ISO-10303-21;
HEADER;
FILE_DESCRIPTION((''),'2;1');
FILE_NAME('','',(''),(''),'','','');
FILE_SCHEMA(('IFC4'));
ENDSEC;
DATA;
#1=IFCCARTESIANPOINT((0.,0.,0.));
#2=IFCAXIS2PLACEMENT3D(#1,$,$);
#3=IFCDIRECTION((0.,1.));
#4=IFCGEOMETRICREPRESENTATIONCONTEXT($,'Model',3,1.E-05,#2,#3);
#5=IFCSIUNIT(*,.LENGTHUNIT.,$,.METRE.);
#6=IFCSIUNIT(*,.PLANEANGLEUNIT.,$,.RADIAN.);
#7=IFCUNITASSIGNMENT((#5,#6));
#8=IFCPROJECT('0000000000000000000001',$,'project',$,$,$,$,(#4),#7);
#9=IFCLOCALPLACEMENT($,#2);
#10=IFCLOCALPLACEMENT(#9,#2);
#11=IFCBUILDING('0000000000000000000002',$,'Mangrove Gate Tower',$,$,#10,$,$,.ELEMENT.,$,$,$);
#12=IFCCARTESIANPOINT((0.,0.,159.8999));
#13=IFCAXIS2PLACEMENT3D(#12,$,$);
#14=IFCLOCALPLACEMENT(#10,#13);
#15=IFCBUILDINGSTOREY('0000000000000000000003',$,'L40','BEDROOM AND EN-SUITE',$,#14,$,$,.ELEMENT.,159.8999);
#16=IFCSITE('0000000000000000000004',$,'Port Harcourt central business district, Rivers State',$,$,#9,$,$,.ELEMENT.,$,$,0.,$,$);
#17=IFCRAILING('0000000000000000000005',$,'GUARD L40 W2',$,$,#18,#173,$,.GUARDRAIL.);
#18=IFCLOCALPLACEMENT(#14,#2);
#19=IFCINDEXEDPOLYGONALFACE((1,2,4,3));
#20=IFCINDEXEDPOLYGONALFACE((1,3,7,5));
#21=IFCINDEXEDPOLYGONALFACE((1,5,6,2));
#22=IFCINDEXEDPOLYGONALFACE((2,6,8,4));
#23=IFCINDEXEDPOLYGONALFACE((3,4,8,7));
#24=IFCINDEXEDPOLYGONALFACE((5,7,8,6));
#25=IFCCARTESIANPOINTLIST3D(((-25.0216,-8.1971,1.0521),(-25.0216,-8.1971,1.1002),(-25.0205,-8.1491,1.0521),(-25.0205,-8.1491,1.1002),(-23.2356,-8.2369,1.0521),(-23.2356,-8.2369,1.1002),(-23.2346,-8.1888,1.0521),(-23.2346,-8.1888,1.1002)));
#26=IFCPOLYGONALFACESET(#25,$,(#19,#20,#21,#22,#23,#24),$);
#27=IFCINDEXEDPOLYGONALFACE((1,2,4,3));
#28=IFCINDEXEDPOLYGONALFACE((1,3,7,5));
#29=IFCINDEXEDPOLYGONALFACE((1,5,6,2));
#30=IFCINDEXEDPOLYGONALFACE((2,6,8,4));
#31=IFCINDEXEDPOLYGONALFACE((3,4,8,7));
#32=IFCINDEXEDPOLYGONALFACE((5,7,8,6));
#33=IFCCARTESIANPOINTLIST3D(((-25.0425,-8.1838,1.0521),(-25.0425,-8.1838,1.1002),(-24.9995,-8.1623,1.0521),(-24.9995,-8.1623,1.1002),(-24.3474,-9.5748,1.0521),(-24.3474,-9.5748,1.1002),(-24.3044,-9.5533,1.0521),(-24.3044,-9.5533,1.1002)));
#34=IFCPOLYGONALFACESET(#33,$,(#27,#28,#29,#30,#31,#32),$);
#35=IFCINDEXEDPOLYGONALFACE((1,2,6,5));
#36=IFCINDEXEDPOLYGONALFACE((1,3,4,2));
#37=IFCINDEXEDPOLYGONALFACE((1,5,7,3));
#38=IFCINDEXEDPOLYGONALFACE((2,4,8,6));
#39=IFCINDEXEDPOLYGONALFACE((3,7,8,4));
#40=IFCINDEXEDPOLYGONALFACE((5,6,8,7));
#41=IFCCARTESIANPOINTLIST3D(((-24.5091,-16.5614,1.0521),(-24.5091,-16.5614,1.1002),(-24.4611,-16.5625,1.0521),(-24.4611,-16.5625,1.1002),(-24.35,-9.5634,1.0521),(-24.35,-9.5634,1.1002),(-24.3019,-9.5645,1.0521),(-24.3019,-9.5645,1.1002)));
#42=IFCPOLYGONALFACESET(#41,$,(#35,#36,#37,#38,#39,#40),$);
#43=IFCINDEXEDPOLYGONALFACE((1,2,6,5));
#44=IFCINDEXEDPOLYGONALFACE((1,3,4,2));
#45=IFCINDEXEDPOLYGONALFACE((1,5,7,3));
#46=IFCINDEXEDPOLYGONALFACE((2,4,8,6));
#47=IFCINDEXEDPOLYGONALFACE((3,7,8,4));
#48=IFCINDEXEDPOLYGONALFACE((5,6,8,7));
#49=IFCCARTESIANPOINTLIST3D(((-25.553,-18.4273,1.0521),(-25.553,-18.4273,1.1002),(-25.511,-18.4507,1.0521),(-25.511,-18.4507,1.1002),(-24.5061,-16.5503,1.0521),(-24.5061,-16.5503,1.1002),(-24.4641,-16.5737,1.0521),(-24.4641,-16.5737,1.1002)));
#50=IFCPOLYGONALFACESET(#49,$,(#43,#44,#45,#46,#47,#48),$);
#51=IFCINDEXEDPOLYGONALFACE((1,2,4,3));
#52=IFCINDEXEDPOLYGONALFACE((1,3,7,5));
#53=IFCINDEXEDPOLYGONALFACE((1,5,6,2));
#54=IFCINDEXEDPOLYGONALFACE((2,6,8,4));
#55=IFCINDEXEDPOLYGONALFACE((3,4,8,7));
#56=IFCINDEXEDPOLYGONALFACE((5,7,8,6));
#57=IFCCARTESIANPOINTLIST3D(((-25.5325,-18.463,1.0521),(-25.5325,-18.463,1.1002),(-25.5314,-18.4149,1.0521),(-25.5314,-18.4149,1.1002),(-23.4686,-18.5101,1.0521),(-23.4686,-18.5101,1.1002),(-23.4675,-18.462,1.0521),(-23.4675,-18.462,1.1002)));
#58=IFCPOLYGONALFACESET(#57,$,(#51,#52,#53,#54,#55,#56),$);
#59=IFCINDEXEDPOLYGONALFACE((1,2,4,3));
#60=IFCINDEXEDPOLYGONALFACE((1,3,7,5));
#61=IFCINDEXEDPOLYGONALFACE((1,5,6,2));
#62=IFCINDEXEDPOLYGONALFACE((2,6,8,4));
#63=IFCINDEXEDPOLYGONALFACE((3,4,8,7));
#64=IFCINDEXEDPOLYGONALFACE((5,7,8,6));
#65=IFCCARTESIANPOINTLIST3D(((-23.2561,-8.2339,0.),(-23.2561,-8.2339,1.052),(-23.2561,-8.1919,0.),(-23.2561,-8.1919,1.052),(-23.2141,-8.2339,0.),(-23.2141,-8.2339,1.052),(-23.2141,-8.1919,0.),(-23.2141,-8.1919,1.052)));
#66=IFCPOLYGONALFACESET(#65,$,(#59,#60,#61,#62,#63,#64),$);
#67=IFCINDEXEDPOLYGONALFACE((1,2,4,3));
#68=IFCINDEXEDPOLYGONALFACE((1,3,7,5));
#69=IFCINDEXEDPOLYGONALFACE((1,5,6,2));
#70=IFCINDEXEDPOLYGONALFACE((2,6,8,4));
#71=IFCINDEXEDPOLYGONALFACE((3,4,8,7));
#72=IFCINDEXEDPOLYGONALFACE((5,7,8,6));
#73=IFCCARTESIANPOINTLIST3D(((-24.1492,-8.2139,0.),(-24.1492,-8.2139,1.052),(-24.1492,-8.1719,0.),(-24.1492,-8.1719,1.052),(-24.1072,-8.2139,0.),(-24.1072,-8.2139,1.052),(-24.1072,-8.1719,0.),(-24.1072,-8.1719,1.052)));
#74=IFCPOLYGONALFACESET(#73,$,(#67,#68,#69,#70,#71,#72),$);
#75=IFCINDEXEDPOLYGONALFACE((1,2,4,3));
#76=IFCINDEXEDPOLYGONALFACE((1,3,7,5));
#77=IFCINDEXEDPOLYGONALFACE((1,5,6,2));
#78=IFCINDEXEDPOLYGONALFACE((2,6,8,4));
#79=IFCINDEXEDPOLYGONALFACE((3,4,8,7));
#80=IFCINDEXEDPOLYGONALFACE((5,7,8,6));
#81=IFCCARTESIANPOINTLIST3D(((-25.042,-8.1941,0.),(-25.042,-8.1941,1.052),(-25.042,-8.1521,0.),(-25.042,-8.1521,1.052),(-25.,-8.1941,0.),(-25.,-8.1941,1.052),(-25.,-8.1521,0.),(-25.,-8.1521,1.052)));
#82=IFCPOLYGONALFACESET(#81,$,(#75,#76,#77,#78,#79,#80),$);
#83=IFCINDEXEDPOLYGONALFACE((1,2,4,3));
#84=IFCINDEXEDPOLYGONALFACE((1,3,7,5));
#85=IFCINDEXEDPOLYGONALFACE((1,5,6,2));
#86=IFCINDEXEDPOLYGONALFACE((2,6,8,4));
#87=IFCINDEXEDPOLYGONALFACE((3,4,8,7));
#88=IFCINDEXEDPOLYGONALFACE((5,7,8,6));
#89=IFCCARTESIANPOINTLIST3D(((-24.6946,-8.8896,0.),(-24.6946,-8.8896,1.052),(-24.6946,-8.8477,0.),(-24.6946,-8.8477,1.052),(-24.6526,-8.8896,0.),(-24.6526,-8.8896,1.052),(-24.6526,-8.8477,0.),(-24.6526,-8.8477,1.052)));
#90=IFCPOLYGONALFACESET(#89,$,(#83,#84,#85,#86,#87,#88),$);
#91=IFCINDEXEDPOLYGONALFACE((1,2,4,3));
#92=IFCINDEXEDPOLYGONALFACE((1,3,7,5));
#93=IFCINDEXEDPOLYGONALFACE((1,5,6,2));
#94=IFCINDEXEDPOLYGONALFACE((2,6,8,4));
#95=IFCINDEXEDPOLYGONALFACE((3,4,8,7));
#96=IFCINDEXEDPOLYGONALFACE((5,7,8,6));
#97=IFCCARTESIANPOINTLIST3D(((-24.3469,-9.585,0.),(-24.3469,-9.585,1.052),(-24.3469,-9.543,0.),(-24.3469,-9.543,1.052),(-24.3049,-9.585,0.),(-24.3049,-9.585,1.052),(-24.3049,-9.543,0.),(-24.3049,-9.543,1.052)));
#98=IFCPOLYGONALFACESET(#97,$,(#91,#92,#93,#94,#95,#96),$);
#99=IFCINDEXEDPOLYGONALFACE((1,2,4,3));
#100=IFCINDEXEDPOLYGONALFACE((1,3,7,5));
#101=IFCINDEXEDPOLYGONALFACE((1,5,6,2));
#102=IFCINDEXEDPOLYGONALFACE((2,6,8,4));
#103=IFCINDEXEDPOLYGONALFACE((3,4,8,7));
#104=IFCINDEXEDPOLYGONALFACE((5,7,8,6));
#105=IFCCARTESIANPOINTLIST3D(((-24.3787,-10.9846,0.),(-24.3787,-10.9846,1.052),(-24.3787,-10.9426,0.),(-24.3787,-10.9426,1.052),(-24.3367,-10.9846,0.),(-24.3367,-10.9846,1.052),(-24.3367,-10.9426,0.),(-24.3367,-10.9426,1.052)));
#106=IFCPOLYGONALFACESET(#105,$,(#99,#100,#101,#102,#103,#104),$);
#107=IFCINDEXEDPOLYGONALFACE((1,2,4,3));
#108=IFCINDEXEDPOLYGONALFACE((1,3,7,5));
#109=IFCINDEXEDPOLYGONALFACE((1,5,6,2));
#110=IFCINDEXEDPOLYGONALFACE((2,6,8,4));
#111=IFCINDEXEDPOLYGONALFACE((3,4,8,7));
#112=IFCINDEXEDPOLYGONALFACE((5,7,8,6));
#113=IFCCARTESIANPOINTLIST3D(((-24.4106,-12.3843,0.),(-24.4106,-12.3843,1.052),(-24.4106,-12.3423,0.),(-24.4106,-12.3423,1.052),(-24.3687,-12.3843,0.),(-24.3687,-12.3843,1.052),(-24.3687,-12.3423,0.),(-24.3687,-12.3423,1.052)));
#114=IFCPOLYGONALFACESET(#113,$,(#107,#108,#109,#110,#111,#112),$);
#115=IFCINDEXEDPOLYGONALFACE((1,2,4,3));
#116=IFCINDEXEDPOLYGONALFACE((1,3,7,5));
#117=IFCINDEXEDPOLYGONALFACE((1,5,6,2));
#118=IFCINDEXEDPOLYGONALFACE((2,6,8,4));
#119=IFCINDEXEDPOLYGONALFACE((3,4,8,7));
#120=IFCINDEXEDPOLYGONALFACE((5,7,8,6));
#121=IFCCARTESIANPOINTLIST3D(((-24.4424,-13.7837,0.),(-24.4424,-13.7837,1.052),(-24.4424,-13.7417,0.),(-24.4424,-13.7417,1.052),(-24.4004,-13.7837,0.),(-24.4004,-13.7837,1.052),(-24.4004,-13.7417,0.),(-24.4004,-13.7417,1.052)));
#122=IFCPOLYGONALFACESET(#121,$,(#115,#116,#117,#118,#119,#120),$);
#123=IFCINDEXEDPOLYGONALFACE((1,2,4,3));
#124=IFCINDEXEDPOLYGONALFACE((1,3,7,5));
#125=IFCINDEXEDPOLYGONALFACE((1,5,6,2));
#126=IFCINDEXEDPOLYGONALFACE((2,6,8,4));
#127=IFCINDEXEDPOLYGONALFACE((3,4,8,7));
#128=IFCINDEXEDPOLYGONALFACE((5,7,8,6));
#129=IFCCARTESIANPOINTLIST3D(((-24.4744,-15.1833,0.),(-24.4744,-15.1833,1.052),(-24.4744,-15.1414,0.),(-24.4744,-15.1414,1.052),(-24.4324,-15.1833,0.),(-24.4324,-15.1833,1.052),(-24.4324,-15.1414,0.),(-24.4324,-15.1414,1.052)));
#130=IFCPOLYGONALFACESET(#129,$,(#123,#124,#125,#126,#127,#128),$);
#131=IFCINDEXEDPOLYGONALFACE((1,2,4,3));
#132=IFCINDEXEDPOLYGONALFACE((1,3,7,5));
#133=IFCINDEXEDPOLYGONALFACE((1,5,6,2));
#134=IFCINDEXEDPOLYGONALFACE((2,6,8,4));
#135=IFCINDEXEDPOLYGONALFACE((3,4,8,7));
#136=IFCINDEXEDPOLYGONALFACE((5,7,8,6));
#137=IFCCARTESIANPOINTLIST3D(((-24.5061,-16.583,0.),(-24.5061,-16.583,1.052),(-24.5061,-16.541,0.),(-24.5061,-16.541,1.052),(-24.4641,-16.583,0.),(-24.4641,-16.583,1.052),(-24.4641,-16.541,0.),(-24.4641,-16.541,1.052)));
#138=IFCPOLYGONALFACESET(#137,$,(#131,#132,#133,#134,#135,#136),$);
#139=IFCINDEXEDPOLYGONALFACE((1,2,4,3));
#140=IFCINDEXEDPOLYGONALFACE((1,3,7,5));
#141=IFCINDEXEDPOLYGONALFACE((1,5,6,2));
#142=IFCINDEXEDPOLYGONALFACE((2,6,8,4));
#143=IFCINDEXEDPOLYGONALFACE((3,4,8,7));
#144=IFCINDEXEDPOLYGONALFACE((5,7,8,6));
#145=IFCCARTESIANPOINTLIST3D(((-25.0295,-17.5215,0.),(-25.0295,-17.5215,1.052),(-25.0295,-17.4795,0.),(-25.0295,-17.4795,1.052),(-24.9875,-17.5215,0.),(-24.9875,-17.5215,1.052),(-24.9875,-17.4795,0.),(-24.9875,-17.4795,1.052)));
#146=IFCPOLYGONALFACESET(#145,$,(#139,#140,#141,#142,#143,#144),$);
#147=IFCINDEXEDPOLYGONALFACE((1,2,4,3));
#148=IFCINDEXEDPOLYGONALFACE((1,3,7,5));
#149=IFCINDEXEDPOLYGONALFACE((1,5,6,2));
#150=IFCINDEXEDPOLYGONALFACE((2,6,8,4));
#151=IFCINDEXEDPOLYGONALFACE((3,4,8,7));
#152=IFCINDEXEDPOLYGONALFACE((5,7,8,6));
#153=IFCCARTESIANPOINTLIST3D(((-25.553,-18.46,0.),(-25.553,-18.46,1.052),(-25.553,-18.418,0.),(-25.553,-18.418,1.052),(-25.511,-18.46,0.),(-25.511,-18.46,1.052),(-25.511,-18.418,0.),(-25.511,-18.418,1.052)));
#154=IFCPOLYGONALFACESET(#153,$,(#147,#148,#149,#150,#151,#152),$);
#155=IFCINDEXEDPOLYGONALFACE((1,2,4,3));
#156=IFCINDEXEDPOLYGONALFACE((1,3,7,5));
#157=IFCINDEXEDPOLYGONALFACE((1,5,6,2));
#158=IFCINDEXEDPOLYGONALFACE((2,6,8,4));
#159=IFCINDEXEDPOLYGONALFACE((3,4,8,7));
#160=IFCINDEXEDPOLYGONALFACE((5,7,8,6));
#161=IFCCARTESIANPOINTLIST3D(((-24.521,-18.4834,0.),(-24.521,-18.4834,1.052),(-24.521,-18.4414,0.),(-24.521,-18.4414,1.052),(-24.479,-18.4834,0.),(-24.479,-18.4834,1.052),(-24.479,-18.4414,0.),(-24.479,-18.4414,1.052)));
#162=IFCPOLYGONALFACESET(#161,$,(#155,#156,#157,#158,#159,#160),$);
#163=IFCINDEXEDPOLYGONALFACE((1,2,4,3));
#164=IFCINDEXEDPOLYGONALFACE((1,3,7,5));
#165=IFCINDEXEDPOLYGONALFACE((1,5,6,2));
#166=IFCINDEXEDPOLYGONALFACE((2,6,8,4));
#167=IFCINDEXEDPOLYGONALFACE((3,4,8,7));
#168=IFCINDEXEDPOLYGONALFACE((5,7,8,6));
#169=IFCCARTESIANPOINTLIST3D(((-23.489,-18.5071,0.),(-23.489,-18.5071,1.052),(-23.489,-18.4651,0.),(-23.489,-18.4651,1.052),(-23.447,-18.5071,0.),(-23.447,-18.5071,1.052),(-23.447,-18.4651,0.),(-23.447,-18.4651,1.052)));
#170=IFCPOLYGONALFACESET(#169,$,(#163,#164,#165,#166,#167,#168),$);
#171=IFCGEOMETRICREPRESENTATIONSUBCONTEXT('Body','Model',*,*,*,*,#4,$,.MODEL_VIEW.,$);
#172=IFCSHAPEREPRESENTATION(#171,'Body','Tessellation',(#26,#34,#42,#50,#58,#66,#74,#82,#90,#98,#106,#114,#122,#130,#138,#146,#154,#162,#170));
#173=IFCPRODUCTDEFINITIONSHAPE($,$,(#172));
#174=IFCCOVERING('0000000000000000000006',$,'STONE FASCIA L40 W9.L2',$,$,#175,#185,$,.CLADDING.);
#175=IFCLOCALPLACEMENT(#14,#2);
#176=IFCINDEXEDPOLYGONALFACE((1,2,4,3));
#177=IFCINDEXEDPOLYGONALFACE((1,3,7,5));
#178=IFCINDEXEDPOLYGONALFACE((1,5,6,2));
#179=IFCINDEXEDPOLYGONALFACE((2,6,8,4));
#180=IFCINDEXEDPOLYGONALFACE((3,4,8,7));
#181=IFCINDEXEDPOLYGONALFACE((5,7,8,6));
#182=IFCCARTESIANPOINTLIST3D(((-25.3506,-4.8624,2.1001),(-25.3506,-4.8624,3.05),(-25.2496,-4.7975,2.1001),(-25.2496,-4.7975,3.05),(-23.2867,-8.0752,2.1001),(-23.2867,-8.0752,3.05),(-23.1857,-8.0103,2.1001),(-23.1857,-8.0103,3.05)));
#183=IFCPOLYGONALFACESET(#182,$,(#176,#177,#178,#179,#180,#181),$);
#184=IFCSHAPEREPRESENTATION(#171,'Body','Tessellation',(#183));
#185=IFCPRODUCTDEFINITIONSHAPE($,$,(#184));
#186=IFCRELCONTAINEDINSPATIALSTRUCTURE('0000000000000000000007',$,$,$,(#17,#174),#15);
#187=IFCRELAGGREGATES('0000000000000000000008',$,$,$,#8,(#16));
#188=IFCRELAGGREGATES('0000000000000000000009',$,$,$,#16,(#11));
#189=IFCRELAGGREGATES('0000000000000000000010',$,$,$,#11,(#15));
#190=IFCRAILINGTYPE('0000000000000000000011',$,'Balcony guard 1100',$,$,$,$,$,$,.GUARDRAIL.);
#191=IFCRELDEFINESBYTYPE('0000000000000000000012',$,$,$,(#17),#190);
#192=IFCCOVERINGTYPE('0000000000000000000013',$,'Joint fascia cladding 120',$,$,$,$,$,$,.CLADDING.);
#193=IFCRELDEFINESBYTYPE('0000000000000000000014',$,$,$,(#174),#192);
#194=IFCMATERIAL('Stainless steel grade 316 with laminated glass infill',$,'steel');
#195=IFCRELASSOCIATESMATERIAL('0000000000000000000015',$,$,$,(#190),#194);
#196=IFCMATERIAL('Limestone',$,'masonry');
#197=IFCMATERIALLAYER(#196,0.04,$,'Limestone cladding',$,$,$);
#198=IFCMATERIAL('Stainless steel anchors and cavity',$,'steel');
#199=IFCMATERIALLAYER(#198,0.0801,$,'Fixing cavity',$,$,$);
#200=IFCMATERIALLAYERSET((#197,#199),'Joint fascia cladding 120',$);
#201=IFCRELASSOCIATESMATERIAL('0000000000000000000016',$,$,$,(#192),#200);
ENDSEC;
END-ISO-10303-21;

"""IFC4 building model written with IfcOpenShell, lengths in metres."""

from ifc_helpers import new_model, si_unit, direction, frame, frame_2d, origin, origin_2d, place, context, subcontext, project, spatial, rectangle, extrude, material, layer, layer_set, type_object, element, save


model = new_model("IFC4")

# Units and contexts
model_context = context("Model", 3, precision=1e-05, world=origin(), true_north=direction((0.0, 1.0)))
body_context = subcontext(model_context, "Body", "Model", "MODEL_VIEW")
ifc_project = project(units=[si_unit("LENGTHUNIT", "METRE"), si_unit("PLANEANGLEUNIT", "RADIAN")], contexts=[model_context])

# Site, building, storey
site_placement = place(None, origin())
site = spatial("IfcSite", under=ifc_project, at=site_placement, Name="Port Harcourt central business district, Rivers State", CompositionType="ELEMENT", RefElevation=0.0)
building_placement = place(site_placement, origin())
building = spatial("IfcBuilding", under=site, at=building_placement, Name="Mangrove Gate Tower", CompositionType="ELEMENT")
storey_placement = place(building_placement, frame((0.0, 0.0, 159.8999)))
storey = spatial("IfcBuildingStorey", under=building, at=storey_placement, Name="L40", Description="BEDROOM AND EN-SUITE", CompositionType="ELEMENT", Elevation=159.8999)

# Shared definitions
ifc_material_1 = material(Name="Limestone", Category="masonry")

# Railing
ifc_material_2 = material(Name="Stainless steel grade 316 with laminated glass infill", Category="steel")
railing_type = type_object("IfcRailingType", Name="Balcony guard 1100", PredefinedType="GUARDRAIL", material=ifc_material_2)
railing_placement = place(storey_placement, frame((-23.2351, -8.2129, 0.0)))
element("IfcRailing", 1, at=railing_placement, inside=storey, type_object=railing_type, Name="GUARD L40 W2", PredefinedType="GUARDRAIL", context=body_context, shape_type="SweptSolid", body=[
    extrude(rectangle(XDim=0.0481, YDim=0.0481, at=origin_2d()), frame((0.0, 0.0, 1.0762), z_axis=(-0.999752, 0.022277, 0.0), x_axis=(-0.022277, -0.999752, 0.0)), (0.0, 0.0, 1.0), 1.7864),
    extrude(rectangle(XDim=0.0481, YDim=0.0481, at=origin_2d()), frame((-1.7859, 0.0398, 1.0762), z_axis=(0.447025, -0.894521, 0.0), x_axis=(0.894521, 0.447025, 0.0)), (0.0, 0.0, 1.0), 1.5549),
    extrude(rectangle(XDim=0.0481, YDim=0.0481, at=origin_2d()), frame((-1.0908, -1.3511, 1.0762), z_axis=(-0.02274, -0.999741, 0.0), x_axis=(0.999741, -0.02274, 0.0)), (0.0, 0.0, 1.0), 6.9998),
    extrude(rectangle(XDim=0.0481, YDim=0.0481, at=origin_2d()), frame((-1.25, -8.3491, 1.0762), z_axis=(-0.487108, -0.873342, 0.0), x_axis=(0.873342, -0.487108, 0.0)), (0.0, 0.0, 1.0), 2.1492),
    extrude(rectangle(XDim=0.0481, YDim=0.0481, at=origin_2d()), frame((-2.2969, -10.2261, 1.0762), z_axis=(0.99974, -0.022823, 0.0), x_axis=(0.022823, 0.99974, 0.0)), (0.0, 0.0, 1.0), 2.0645),
    extrude(rectangle(XDim=0.042, YDim=0.042, at=origin_2d()), origin(), (0.0, 0.0, 1.0), 1.052),
    extrude(rectangle(XDim=0.042, YDim=0.042, at=origin_2d()), frame((-0.8931, 0.02, 0.0)), (0.0, 0.0, 1.0), 1.052),
    extrude(rectangle(XDim=0.042, YDim=0.042, at=origin_2d()), frame((-1.7859, 0.0398, 0.0)), (0.0, 0.0, 1.0), 1.052),
    extrude(rectangle(XDim=0.042, YDim=0.042, at=origin_2d()), frame((-1.4385, -0.6558, 0.0)), (0.0, 0.0, 1.0), 1.052),
    extrude(rectangle(XDim=0.042, YDim=0.042, at=origin_2d()), frame((-1.0908, -1.3511, 0.0)), (0.0, 0.0, 1.0), 1.052),
    extrude(rectangle(XDim=0.042, YDim=0.042, at=origin_2d()), frame((-1.1226, -2.7507, 0.0)), (0.0, 0.0, 1.0), 1.052),
    extrude(rectangle(XDim=0.042, YDim=0.042, at=origin_2d()), frame((-1.1545, -4.1504, 0.0)), (0.0, 0.0, 1.0), 1.052),
    extrude(rectangle(XDim=0.042, YDim=0.042, at=origin_2d()), frame((-1.1863, -5.5498, 0.0)), (0.0, 0.0, 1.0), 1.052),
    extrude(rectangle(XDim=0.042, YDim=0.042, at=origin_2d()), frame((-1.2183, -6.9495, 0.0)), (0.0, 0.0, 1.0), 1.052),
    extrude(rectangle(XDim=0.042, YDim=0.042, at=origin_2d()), frame((-1.25, -8.3491, 0.0)), (0.0, 0.0, 1.0), 1.052),
    extrude(rectangle(XDim=0.042, YDim=0.042, at=origin_2d()), frame((-1.7734, -9.2876, 0.0)), (0.0, 0.0, 1.0), 1.052),
    extrude(rectangle(XDim=0.042, YDim=0.042, at=origin_2d()), frame((-2.2969, -10.2261, 0.0)), (0.0, 0.0, 1.0), 1.052),
    extrude(rectangle(XDim=0.042, YDim=0.042, at=origin_2d()), frame((-1.2649, -10.2495, 0.0)), (0.0, 0.0, 1.0), 1.052),
    extrude(rectangle(XDim=0.042, YDim=0.042, at=origin_2d()), frame((-0.2329, -10.2732, 0.0)), (0.0, 0.0, 1.0), 1.052),
])

# Covering
ifc_layer_1 = layer(ifc_material_1, 0.04, Name="Limestone cladding")
ifc_material_3 = material(Name="Stainless steel anchors and cavity", Category="steel")
ifc_layer_2 = layer(ifc_material_3, 0.0801, Name="Fixing cavity")
ifc_layer_set_1 = layer_set([ifc_layer_1, ifc_layer_2], Name="Joint fascia cladding 120")
covering_type = type_object("IfcCoveringType", Name="Joint fascia cladding 120", PredefinedType="CLADDING", material=ifc_layer_set_1)
covering_placement = place(storey_placement, frame((-25.3, -4.8301, 2.1001), z_axis=(0.0, 0.0, 1.0), x_axis=(0.540486, -0.841353, 0.0)))
element("IfcCovering", 2, at=covering_placement, inside=storey, type_object=covering_type, Name="STONE FASCIA L40 W9.L2", PredefinedType="CLADDING", context=body_context, shape_type="SweptSolid", body=[
    extrude(rectangle(XDim=3.8186, YDim=0.1201, at=frame_2d((1.9092, 0.0))), origin(), (0.0, 0.0, 1.0), 0.95),
])

save(model, "model.ifc")
